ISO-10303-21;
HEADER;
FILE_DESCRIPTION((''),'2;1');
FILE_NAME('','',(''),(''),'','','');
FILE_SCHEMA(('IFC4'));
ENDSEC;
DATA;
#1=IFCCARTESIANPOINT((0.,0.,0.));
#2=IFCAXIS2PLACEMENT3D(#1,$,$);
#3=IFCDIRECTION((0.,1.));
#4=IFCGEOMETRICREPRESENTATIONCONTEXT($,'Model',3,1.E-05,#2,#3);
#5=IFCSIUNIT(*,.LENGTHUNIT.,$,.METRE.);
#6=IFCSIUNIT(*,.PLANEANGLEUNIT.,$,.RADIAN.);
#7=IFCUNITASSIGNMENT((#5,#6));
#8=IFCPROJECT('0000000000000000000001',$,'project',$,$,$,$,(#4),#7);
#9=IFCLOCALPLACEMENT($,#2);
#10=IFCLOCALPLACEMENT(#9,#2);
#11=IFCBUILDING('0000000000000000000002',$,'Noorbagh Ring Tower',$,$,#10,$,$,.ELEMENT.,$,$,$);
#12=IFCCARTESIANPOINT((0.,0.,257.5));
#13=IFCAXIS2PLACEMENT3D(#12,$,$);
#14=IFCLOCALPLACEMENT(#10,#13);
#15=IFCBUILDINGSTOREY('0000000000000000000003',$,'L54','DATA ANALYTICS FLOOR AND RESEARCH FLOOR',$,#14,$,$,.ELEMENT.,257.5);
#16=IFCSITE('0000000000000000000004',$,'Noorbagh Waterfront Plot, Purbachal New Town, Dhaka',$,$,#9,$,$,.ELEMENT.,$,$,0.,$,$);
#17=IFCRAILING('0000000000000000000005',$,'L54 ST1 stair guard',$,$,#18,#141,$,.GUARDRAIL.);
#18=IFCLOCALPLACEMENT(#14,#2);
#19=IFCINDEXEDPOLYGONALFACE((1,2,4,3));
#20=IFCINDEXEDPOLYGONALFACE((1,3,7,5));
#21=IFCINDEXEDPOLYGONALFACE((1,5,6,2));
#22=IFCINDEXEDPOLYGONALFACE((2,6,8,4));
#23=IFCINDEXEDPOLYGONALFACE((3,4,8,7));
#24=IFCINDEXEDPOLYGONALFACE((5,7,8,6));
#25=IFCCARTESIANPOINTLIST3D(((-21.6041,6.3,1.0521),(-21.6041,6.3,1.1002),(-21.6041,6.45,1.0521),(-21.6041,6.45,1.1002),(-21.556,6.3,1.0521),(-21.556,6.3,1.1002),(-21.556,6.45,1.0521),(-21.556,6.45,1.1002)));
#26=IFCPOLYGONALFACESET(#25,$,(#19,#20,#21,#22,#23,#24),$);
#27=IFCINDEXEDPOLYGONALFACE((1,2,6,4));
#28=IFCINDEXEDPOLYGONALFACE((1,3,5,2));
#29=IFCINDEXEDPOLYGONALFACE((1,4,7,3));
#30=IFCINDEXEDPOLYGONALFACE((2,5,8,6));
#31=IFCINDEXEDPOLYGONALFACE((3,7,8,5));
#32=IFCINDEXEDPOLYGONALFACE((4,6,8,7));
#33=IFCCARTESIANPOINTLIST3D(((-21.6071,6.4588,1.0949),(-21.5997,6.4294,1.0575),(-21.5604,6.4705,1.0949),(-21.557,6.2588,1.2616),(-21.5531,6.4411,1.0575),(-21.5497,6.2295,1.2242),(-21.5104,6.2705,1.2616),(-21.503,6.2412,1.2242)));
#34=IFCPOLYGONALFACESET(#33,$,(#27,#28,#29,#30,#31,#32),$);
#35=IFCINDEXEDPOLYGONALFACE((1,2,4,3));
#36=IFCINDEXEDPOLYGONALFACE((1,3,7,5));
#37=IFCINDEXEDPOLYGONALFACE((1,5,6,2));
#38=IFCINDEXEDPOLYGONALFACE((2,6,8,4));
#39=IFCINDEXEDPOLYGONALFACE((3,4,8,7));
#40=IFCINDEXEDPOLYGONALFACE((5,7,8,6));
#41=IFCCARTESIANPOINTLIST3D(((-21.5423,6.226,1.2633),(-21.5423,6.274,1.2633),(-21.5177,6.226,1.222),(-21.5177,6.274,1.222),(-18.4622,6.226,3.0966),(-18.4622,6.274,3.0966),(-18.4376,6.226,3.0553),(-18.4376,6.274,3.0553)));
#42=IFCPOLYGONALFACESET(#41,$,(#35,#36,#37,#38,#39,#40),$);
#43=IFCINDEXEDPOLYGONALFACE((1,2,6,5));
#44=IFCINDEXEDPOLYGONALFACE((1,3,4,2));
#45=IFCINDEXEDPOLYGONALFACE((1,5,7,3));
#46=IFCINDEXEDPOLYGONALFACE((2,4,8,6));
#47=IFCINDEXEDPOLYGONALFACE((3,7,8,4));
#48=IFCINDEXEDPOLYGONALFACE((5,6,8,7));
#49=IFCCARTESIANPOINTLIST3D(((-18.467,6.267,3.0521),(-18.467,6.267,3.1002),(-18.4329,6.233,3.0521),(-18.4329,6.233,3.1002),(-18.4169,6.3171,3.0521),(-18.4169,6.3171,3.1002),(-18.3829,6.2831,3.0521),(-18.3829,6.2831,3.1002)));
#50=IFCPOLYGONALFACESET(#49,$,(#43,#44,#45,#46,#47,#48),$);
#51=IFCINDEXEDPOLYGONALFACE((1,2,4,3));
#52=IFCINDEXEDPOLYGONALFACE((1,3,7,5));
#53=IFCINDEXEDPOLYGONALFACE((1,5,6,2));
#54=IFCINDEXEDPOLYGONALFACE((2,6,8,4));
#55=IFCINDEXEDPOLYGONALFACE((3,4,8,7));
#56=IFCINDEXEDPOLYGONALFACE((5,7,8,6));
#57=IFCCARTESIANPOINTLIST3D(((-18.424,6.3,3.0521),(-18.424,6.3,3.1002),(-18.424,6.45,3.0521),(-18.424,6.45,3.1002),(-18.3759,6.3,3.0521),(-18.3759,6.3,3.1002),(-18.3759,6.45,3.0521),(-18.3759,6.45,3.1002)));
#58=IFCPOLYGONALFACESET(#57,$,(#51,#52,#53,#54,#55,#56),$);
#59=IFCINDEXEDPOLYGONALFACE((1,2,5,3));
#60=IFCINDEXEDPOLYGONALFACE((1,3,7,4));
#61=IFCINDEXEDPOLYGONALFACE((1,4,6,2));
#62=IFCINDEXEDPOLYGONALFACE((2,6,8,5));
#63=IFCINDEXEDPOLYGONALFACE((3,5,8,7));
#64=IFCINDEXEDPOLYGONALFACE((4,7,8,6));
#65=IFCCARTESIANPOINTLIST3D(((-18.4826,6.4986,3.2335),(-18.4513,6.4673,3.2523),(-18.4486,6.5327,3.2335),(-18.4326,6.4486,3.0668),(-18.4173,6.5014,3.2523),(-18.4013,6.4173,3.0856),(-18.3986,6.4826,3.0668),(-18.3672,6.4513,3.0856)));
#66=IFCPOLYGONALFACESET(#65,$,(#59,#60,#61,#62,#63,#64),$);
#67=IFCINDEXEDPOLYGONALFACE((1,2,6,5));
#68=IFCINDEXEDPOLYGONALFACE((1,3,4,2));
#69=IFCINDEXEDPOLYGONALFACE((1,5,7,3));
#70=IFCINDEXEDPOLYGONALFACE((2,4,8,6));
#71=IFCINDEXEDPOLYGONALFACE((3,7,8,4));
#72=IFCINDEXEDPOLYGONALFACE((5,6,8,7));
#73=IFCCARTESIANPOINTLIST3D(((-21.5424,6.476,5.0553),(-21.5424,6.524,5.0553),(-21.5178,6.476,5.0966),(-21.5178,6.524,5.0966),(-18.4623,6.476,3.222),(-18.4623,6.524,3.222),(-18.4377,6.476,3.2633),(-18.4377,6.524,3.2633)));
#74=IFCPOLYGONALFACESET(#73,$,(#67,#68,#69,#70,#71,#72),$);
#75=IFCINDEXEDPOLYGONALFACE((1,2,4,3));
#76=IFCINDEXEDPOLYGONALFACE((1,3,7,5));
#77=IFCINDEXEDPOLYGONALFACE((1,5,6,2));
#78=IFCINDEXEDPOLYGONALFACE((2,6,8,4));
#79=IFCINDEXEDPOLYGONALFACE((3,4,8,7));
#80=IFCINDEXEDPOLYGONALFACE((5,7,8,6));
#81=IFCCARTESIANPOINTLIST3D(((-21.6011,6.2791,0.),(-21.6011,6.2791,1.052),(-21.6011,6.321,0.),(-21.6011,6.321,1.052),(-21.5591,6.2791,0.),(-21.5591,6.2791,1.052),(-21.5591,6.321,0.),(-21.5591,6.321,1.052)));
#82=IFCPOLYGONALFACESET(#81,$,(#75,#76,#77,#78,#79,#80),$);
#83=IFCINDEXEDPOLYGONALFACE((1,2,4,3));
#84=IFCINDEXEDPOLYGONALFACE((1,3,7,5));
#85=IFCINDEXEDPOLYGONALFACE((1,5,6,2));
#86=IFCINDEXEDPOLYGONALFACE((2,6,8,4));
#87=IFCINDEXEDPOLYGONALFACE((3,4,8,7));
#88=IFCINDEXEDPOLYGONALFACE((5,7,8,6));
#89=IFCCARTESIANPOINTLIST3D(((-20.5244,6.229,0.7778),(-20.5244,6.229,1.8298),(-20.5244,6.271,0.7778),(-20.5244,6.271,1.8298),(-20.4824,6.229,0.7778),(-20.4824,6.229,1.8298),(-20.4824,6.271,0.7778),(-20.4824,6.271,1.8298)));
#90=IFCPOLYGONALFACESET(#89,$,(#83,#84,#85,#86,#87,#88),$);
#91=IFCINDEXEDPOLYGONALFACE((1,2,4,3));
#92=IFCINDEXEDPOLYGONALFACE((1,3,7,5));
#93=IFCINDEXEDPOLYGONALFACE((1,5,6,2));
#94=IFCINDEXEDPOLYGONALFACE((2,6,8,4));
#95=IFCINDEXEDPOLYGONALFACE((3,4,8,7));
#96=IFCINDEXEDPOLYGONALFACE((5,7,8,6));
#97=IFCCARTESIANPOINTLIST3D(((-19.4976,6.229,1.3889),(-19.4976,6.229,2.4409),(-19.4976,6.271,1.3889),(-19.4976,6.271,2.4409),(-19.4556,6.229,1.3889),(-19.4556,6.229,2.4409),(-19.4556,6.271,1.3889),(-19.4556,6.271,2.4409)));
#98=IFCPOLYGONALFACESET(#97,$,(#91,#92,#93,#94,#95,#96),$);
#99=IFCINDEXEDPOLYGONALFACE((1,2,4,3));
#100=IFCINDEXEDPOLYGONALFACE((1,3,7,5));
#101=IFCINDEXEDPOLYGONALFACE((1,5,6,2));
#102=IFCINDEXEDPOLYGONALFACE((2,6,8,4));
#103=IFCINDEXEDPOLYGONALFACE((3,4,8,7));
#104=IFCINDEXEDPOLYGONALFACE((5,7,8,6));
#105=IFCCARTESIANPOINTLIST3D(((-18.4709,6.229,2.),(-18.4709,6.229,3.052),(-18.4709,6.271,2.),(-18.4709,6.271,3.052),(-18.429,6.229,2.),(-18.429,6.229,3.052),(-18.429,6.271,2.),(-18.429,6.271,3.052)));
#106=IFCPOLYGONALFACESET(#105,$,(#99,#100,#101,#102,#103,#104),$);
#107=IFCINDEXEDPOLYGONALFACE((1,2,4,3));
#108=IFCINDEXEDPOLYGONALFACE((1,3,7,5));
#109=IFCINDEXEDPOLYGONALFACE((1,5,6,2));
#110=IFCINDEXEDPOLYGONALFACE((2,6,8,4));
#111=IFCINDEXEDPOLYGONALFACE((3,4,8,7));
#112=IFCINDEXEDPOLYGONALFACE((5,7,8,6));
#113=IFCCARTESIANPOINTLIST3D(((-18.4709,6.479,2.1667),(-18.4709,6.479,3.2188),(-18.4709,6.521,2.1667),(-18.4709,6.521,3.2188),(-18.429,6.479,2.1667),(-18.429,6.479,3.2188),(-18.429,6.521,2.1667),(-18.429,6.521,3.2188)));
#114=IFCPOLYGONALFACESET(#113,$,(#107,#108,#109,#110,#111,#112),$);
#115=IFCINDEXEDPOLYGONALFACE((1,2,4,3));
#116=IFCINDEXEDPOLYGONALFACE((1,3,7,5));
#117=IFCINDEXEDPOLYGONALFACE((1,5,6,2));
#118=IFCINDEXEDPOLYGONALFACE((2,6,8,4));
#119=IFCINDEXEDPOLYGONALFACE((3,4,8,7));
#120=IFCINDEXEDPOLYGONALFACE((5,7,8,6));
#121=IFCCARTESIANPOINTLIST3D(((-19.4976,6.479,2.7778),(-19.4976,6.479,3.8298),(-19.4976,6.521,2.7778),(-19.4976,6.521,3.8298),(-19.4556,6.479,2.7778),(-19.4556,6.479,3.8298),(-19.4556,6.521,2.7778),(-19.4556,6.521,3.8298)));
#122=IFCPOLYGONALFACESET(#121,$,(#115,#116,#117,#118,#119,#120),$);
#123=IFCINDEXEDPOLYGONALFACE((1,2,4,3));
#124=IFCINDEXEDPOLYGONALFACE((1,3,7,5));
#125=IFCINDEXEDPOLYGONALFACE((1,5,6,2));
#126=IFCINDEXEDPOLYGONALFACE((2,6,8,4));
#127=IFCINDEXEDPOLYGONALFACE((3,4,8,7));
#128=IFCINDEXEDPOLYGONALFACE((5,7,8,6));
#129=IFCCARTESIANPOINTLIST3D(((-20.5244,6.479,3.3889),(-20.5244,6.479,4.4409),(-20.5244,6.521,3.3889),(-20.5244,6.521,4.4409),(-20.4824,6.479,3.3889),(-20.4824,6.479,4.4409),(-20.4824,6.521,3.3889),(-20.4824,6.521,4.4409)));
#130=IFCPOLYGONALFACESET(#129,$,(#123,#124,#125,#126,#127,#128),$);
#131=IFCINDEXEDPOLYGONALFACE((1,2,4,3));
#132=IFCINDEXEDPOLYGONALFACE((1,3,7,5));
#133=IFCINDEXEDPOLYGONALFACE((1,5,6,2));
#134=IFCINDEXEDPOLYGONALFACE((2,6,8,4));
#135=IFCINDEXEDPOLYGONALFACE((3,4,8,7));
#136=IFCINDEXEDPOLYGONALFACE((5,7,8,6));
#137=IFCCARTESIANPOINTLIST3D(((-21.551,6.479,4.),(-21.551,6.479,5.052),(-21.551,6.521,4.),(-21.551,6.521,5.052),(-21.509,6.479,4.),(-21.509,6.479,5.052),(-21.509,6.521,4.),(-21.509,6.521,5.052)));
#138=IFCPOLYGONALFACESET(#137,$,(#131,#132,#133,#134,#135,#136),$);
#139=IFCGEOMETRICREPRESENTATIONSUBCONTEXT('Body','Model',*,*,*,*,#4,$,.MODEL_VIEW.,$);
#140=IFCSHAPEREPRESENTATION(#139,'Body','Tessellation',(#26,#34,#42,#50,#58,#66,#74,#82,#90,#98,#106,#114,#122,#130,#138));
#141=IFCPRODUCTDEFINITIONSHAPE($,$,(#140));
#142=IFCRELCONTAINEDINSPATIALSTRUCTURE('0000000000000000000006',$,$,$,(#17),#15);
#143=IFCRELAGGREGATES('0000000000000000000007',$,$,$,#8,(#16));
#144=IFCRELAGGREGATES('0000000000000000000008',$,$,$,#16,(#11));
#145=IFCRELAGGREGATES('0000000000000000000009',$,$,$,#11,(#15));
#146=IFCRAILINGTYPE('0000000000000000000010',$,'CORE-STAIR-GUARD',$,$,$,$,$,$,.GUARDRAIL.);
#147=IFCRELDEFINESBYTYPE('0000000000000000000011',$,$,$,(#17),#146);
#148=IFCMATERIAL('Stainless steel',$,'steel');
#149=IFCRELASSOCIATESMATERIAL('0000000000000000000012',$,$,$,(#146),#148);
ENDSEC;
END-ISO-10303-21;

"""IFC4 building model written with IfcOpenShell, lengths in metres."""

from ifc_helpers import new_model, si_unit, direction, frame, origin, origin_2d, place, context, subcontext, project, spatial, rectangle, extrude, material, type_object, element, save


model = new_model("IFC4")

# Units and contexts
model_context = context("Model", 3, precision=1e-05, world=origin(), true_north=direction((0.0, 1.0)))
body_context = subcontext(model_context, "Body", "Model", "MODEL_VIEW")
ifc_project = project(units=[si_unit("LENGTHUNIT", "METRE"), si_unit("PLANEANGLEUNIT", "RADIAN")], contexts=[model_context])

# Site, building, storey
site_placement = place(None, origin())
site = spatial("IfcSite", under=ifc_project, at=site_placement, Name="Noorbagh Waterfront Plot, Purbachal New Town, Dhaka", CompositionType="ELEMENT", RefElevation=0.0)
building_placement = place(site_placement, origin())
building = spatial("IfcBuilding", under=site, at=building_placement, Name="Noorbagh Ring Tower", CompositionType="ELEMENT")
storey_placement = place(building_placement, frame((0.0, 0.0, 257.5)))
storey = spatial("IfcBuildingStorey", under=building, at=storey_placement, Name="L54", Description="DATA ANALYTICS FLOOR AND RESEARCH FLOOR", CompositionType="ELEMENT", Elevation=257.5)

# Railing
ifc_material_1 = material(Name="Stainless steel", Category="steel")
railing_type = type_object("IfcRailingType", Name="CORE-STAIR-GUARD", PredefinedType="GUARDRAIL", material=ifc_material_1)
railing_placement = place(storey_placement, frame((-21.5801, 6.3, 0.0)))
element("IfcRailing", 1, at=railing_placement, inside=storey, type_object=railing_type, Name="L54 ST1 stair guard", PredefinedType="GUARDRAIL", context=body_context, shape_type="SweptSolid", body=[
    extrude(rectangle(XDim=0.0481, YDim=0.0481, at=origin_2d()), frame((0.0, 0.0, 1.0762), z_axis=(0.0, 1.0, 0.0), x_axis=(-1.0, 0.0, 0.0)), (0.0, 0.0, 1.0), 0.1499),
    extrude(rectangle(XDim=0.0481, YDim=0.0481, at=origin_2d()), frame((0.0, 0.1499, 1.0762), z_axis=(0.188776, -0.754182, 0.628946), x_axis=(0.970073, 0.242814, 0.0)), (0.0, 0.0, 1.0), 0.2651),
    extrude(rectangle(XDim=0.0481, YDim=0.0481, at=origin_2d()), frame((0.05, -0.05, 1.2427), z_axis=(0.859309, 0.0, 0.511458), x_axis=(0.0, 1.0, 0.0)), (0.0, 0.0, 1.0), 3.5845),
    extrude(rectangle(XDim=0.0481, YDim=0.0481, at=origin_2d()), frame((3.1301, -0.05, 3.0762), z_axis=(0.707107, 0.707107, 0.0), x_axis=(-0.707107, 0.707107, 0.0)), (0.0, 0.0, 1.0), 0.0708),
    extrude(rectangle(XDim=0.0481, YDim=0.0481, at=origin_2d()), frame((3.1802, 0.0, 3.0762), z_axis=(0.0, 1.0, 0.0), x_axis=(-1.0, 0.0, 0.0)), (0.0, 0.0, 1.0), 0.1499),
    extrude(rectangle(XDim=0.0481, YDim=0.0481, at=origin_2d()), frame((3.1802, 0.1499, 3.0762), z_axis=(-0.276287, 0.276287, 0.920506), x_axis=(-0.707107, -0.707107, 0.0)), (0.0, 0.0, 1.0), 0.1812),
    extrude(rectangle(XDim=0.0481, YDim=0.0481, at=origin_2d()), frame((3.1301, 0.2, 3.2427), z_axis=(-0.859309, 0.0, 0.511458), x_axis=(0.0, -1.0, 0.0)), (0.0, 0.0, 1.0), 3.5845),
    extrude(rectangle(XDim=0.042, YDim=0.042, at=origin_2d()), origin(), (0.0, 0.0, 1.0), 1.052),
    extrude(rectangle(XDim=0.042, YDim=0.042, at=origin_2d()), frame((1.0767, -0.05, 0.7778)), (0.0, 0.0, 1.0), 1.052),
    extrude(rectangle(XDim=0.042, YDim=0.042, at=origin_2d()), frame((2.1035, -0.05, 1.3889)), (0.0, 0.0, 1.0), 1.052),
    extrude(rectangle(XDim=0.042, YDim=0.042, at=origin_2d()), frame((3.1301, -0.05, 2.0)), (0.0, 0.0, 1.0), 1.052),
    extrude(rectangle(XDim=0.042, YDim=0.042, at=origin_2d()), frame((3.1301, 0.2, 2.1667)), (0.0, 0.0, 1.0), 1.052),
    extrude(rectangle(XDim=0.042, YDim=0.042, at=origin_2d()), frame((2.1035, 0.2, 2.7778)), (0.0, 0.0, 1.0), 1.052),
    extrude(rectangle(XDim=0.042, YDim=0.042, at=origin_2d()), frame((1.0767, 0.2, 3.3889)), (0.0, 0.0, 1.0), 1.052),
    extrude(rectangle(XDim=0.042, YDim=0.042, at=origin_2d()), frame((0.05, 0.2, 4.0)), (0.0, 0.0, 1.0), 1.052),
])

save(model, "model.ifc")
